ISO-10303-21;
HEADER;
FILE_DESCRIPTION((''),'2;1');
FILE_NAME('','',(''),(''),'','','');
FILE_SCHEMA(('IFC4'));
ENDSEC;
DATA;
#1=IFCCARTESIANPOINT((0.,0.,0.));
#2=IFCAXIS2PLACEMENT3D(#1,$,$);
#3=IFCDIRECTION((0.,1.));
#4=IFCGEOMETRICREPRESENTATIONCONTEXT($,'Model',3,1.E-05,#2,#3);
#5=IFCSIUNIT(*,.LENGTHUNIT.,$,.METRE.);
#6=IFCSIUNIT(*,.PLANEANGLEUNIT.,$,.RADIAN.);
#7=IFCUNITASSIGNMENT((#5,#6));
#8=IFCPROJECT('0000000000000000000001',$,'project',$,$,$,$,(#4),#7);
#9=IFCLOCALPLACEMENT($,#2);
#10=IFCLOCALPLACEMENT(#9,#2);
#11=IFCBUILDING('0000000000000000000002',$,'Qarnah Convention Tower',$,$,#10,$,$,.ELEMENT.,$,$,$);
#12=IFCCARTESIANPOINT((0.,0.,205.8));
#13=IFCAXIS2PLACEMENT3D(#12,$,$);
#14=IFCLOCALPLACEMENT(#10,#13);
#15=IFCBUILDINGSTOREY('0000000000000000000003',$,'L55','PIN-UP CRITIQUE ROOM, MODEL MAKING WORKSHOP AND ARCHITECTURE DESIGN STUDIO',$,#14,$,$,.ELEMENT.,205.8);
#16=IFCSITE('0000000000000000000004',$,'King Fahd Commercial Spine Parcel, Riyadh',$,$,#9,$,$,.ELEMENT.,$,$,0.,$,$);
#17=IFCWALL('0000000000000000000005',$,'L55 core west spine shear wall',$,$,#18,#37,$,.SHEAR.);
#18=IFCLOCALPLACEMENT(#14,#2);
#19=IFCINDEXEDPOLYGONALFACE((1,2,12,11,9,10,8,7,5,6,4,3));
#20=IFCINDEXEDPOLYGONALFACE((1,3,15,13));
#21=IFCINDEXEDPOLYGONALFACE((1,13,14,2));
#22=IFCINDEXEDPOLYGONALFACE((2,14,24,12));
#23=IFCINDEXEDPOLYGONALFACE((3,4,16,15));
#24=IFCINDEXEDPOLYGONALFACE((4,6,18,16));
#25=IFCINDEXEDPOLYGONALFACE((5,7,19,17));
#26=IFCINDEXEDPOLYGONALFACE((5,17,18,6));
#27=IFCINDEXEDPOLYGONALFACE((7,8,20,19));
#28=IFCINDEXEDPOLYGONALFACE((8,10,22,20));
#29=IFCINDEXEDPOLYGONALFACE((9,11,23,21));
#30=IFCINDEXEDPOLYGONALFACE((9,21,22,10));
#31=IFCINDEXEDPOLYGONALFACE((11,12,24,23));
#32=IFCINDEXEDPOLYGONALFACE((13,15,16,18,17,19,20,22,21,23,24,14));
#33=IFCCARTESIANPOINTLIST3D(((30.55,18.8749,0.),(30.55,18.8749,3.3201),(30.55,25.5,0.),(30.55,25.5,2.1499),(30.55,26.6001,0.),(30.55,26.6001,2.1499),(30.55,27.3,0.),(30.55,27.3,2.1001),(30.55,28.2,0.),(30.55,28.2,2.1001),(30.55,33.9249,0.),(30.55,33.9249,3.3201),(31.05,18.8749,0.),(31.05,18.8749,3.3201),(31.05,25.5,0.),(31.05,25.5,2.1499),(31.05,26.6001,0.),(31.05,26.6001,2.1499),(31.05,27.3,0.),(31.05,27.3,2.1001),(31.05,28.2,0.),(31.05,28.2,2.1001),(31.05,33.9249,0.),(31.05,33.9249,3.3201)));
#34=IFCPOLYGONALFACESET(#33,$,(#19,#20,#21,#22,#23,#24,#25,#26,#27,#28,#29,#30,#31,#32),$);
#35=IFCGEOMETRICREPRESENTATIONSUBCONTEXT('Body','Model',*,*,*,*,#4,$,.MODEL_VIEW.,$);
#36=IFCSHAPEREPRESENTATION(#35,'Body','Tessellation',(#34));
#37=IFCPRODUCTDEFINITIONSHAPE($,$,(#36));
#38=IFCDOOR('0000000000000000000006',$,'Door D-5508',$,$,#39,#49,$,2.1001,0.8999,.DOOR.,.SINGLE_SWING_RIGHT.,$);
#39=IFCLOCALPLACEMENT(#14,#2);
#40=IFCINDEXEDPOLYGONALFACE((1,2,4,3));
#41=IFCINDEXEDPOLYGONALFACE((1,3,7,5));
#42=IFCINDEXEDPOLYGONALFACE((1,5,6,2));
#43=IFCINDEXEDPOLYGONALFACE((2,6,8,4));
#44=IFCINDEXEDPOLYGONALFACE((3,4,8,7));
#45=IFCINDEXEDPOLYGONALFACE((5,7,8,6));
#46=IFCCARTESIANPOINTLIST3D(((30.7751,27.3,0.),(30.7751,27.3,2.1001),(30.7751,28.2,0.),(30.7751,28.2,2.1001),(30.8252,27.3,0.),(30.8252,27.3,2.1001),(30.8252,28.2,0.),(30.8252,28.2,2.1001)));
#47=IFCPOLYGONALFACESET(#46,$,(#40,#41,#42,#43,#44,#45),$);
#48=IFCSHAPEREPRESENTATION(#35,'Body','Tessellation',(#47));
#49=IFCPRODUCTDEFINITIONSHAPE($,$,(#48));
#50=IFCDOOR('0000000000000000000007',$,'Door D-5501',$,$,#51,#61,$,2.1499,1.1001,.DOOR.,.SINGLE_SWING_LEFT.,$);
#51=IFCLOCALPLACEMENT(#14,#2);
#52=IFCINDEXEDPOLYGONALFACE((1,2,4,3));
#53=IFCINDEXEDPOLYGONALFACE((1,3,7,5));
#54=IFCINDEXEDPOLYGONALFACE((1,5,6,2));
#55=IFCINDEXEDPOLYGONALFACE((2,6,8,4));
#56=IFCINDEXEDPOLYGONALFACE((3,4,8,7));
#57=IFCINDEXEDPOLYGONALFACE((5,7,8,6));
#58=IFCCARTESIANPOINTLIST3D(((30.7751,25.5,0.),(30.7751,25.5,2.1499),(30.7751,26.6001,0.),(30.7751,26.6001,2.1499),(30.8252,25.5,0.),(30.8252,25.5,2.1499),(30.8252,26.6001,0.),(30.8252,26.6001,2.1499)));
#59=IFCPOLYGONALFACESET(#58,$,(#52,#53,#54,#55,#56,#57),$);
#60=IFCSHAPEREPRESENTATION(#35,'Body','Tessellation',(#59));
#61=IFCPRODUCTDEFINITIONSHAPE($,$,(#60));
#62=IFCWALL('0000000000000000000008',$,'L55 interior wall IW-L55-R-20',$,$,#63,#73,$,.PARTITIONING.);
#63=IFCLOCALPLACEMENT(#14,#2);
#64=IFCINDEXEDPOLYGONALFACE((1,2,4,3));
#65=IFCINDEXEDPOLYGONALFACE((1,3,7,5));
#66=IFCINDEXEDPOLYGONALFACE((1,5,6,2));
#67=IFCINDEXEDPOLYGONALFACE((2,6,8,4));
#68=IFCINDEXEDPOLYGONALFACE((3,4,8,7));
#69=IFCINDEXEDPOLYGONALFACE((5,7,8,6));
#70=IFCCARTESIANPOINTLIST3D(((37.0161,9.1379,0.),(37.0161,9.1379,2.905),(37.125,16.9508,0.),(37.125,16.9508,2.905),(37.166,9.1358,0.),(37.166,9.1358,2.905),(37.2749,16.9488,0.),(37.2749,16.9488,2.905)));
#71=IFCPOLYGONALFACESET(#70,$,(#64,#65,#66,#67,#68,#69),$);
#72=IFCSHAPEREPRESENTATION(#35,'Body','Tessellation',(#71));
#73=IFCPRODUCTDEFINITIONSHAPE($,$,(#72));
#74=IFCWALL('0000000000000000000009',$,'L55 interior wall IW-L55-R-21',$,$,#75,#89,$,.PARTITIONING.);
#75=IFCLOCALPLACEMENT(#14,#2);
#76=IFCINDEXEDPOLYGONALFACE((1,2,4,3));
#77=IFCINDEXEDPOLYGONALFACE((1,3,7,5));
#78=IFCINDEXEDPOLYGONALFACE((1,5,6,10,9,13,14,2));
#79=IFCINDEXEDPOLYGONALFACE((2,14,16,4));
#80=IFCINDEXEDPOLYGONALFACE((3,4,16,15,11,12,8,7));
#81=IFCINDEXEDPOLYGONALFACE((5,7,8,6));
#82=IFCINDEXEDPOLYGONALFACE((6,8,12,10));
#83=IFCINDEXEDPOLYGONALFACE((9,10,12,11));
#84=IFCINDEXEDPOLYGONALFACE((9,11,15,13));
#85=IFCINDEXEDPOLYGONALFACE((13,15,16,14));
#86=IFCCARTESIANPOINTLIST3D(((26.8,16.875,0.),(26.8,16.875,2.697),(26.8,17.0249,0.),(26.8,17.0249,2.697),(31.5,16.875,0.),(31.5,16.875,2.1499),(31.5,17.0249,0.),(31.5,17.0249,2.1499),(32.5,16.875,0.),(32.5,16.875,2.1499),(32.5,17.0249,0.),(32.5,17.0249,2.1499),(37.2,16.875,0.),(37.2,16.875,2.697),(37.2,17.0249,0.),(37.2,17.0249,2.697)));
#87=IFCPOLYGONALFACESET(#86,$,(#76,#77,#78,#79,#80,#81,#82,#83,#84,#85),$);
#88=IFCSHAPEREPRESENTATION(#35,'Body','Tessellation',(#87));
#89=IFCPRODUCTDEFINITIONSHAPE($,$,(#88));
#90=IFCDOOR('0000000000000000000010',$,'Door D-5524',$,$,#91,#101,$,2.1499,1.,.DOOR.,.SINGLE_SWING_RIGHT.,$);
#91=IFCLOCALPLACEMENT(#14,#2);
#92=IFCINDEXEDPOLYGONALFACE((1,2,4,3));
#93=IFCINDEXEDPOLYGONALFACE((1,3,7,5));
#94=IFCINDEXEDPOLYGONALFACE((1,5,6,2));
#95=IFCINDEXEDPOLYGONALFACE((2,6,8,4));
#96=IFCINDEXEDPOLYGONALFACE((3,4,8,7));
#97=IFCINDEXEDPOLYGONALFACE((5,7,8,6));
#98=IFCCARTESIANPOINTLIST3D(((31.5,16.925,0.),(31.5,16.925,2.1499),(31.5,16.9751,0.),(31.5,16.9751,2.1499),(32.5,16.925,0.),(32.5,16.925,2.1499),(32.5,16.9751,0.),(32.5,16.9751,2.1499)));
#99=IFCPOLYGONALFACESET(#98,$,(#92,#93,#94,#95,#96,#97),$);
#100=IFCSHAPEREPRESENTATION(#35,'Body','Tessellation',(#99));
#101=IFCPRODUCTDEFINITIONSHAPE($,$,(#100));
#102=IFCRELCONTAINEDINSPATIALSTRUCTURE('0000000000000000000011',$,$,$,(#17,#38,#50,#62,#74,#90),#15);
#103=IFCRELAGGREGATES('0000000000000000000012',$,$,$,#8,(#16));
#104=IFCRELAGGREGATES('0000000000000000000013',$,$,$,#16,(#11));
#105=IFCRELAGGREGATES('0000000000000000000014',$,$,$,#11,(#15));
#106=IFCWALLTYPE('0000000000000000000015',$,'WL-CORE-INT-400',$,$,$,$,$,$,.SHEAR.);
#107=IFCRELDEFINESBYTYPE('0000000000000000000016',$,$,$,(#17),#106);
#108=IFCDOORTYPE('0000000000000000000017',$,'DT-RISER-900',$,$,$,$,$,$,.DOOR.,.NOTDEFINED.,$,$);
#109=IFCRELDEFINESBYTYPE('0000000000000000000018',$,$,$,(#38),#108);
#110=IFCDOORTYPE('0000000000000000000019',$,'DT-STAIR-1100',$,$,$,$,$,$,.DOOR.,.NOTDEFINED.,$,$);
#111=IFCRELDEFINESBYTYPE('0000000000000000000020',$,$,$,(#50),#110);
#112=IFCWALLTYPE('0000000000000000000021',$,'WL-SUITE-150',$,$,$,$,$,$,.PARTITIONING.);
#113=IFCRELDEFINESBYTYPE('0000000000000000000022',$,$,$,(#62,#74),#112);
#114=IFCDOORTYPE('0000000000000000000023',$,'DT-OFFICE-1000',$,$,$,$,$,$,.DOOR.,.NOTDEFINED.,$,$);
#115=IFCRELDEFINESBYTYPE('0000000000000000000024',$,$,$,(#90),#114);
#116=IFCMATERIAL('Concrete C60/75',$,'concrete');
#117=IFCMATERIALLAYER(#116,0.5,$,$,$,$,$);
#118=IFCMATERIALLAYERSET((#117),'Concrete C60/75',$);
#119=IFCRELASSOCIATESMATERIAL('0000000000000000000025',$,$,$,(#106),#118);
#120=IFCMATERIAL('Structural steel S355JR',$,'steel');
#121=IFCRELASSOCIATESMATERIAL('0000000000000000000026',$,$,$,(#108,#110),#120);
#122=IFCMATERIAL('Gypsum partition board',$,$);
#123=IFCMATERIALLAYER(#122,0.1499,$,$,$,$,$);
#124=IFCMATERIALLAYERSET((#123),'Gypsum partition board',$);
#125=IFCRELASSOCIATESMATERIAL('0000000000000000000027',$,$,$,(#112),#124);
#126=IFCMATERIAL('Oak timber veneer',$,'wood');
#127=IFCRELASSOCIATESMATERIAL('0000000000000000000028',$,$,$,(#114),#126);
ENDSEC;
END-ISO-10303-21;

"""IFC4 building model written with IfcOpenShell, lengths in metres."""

from ifc_helpers import new_model, si_unit, direction, frame, frame_2d, origin, place, context, subcontext, project, spatial, rectangle, extrude, material, layer, layer_set, type_object, element, fill, save


model = new_model("IFC4")

# Units and contexts
model_context = context("Model", 3, precision=1e-05, world=origin(), true_north=direction((0.0, 1.0)))
body_context = subcontext(model_context, "Body", "Model", "MODEL_VIEW")
ifc_project = project(units=[si_unit("LENGTHUNIT", "METRE"), si_unit("PLANEANGLEUNIT", "RADIAN")], contexts=[model_context])

# Site, building, storey
site_placement = place(None, origin())
site = spatial("IfcSite", under=ifc_project, at=site_placement, Name="King Fahd Commercial Spine Parcel, Riyadh", CompositionType="ELEMENT", RefElevation=0.0)
building_placement = place(site_placement, origin())
building = spatial("IfcBuilding", under=site, at=building_placement, Name="Qarnah Convention Tower", CompositionType="ELEMENT")
storey_placement = place(building_placement, frame((0.0, 0.0, 205.8)))
storey = spatial("IfcBuildingStorey", under=building, at=storey_placement, Name="L55", Description="PIN-UP CRITIQUE ROOM, MODEL MAKING WORKSHOP AND ARCHITECTURE DESIGN STUDIO", CompositionType="ELEMENT", Elevation=205.8)

# Shared definitions
ifc_material_1 = material(Name="Structural steel S355JR", Category="steel")

# Wall, openings, doors
ifc_material_2 = material(Name="Concrete C60/75", Category="concrete")
ifc_layer_1 = layer(ifc_material_2, 0.5)
ifc_layer_set_1 = layer_set([ifc_layer_1], Name="Concrete C60/75")
wall_type_1 = type_object("IfcWallType", Name="WL-CORE-INT-400", PredefinedType="SHEAR", material=ifc_layer_set_1)
wall_1_placement = place(storey_placement, frame((30.8, 18.875, 0.0), z_axis=(0.0, 0.0, 1.0), x_axis=(0.0, 1.0, 0.0)))
wall_1 = element("IfcWall", 1, at=wall_1_placement, inside=storey, type_object=wall_type_1, Name="L55 core west spine shear wall", PredefinedType="SHEAR", context=body_context, shape_type="SweptSolid", body=[
    extrude(rectangle(XDim=15.05, YDim=0.5, at=frame_2d((7.5249, 0.0))), origin(), (0.0, 0.0, 1.0), 3.3201),
])
opening_1_placement = place(wall_1_placement, frame((6.625, 0.0, 0.0)))
opening_1 = element("IfcOpeningElement", 2, at=opening_1_placement, cuts=wall_1, PredefinedType="OPENING", context=body_context, shape_type="SweptSolid", body=[
    extrude(rectangle(XDim=1.1001, YDim=2.1499, at=frame_2d((0.55, 1.075))), frame((0.0, 0.26, 0.0), z_axis=(0.0, -1.0, 0.0), x_axis=(1.0, 0.0, 0.0)), (0.0, 0.0, 1.0), 0.52),
])
opening_2_placement = place(wall_1_placement, frame((8.425, 0.0, 0.0)))
opening_2 = element("IfcOpeningElement", 3, at=opening_2_placement, cuts=wall_1, PredefinedType="OPENING", context=body_context, shape_type="SweptSolid", body=[
    extrude(rectangle(XDim=0.8999, YDim=2.1001, at=frame_2d((0.45, 1.05))), frame((0.0, 0.26, 0.0), z_axis=(0.0, -1.0, 0.0), x_axis=(1.0, 0.0, 0.0)), (0.0, 0.0, 1.0), 0.52),
])
door_type_1 = type_object("IfcDoorType", Name="DT-RISER-900", OperationType="NOTDEFINED", PredefinedType="DOOR", material=ifc_material_1)
door_1_placement = place(opening_2_placement, origin())
door_1 = element("IfcDoor", 4, at=door_1_placement, inside=storey, type_object=door_type_1, Name="Door D-5508", OperationType="SINGLE_SWING_RIGHT", OverallHeight=2.1001, OverallWidth=0.8999, PredefinedType="DOOR", context=body_context, shape_type="SweptSolid", body=[
    extrude(rectangle(XDim=0.8999, YDim=2.1001, at=frame_2d((0.45, 1.05))), frame((0.0, 0.0249, 0.0), z_axis=(0.0, -1.0, 0.0), x_axis=(1.0, 0.0, 0.0)), (0.0, 0.0, 1.0), 0.05),
])
fill(opening_2, door_1)
door_type_2 = type_object("IfcDoorType", Name="DT-STAIR-1100", OperationType="NOTDEFINED", PredefinedType="DOOR", material=ifc_material_1)
door_2_placement = place(opening_1_placement, origin())
door_2 = element("IfcDoor", 5, at=door_2_placement, inside=storey, type_object=door_type_2, Name="Door D-5501", OperationType="SINGLE_SWING_LEFT", OverallHeight=2.1499, OverallWidth=1.1001, PredefinedType="DOOR", context=body_context, shape_type="SweptSolid", body=[
    extrude(rectangle(XDim=1.1001, YDim=2.1499, at=frame_2d((0.55, 1.075))), frame((0.0, 0.0249, 0.0), z_axis=(0.0, -1.0, 0.0), x_axis=(1.0, 0.0, 0.0)), (0.0, 0.0, 1.0), 0.05),
])
fill(opening_1, door_2)

# Wall
ifc_material_3 = material(Name="Gypsum partition board")
ifc_layer_2 = layer(ifc_material_3, 0.1499)
ifc_layer_set_2 = layer_set([ifc_layer_2], Name="Gypsum partition board")
wall_type_2 = type_object("IfcWallType", Name="WL-SUITE-150", PredefinedType="PARTITIONING", material=ifc_layer_set_2)
wall_2_placement = place(storey_placement, frame((37.0911, 9.137, 0.0), z_axis=(0.0, 0.0, 1.0), x_axis=(0.013935, 0.999903, 0.0)))
element("IfcWall", 6, at=wall_2_placement, inside=storey, type_object=wall_type_2, Name="L55 interior wall IW-L55-R-20", PredefinedType="PARTITIONING", context=body_context, shape_type="SweptSolid", body=[
    extrude(rectangle(XDim=7.8137, YDim=0.1499, at=frame_2d((3.9067, 0.0))), origin(), (0.0, 0.0, 1.0), 2.905),
])

# Wall, opening, door
wall_3_placement = place(storey_placement, frame((37.2, 16.95, 0.0), z_axis=(0.0, 0.0, 1.0), x_axis=(-1.0, 0.0, 0.0)))
wall_3 = element("IfcWall", 7, at=wall_3_placement, inside=storey, type_object=wall_type_2, Name="L55 interior wall IW-L55-R-21", PredefinedType="PARTITIONING", context=body_context, shape_type="SweptSolid", body=[
    extrude(rectangle(XDim=10.3999, YDim=0.1499, at=frame_2d((5.2, 0.0))), origin(), (0.0, 0.0, 1.0), 2.697),
])
opening_3_placement = place(wall_3_placement, frame((4.7, 0.0, 0.0)))
opening_3 = element("IfcOpeningElement", 8, at=opening_3_placement, cuts=wall_3, PredefinedType="OPENING", context=body_context, shape_type="SweptSolid", body=[
    extrude(rectangle(XDim=1.0, YDim=2.1499, at=frame_2d((0.5, 1.075))), frame((0.0, 0.085, 0.0), z_axis=(0.0, -1.0, 0.0), x_axis=(1.0, 0.0, 0.0)), (0.0, 0.0, 1.0), 0.1699),
])
ifc_material_4 = material(Name="Oak timber veneer", Category="wood")
door_type_3 = type_object("IfcDoorType", Name="DT-OFFICE-1000", OperationType="NOTDEFINED", PredefinedType="DOOR", material=ifc_material_4)
door_3_placement = place(opening_3_placement, origin())
door_3 = element("IfcDoor", 9, at=door_3_placement, inside=storey, type_object=door_type_3, Name="Door D-5524", OperationType="SINGLE_SWING_RIGHT", OverallHeight=2.1499, OverallWidth=1.0, PredefinedType="DOOR", context=body_context, shape_type="SweptSolid", body=[
    extrude(rectangle(XDim=1.0, YDim=2.1499, at=frame_2d((0.5, 1.075))), frame((0.0, 0.0249, 0.0), z_axis=(0.0, -1.0, 0.0), x_axis=(1.0, 0.0, 0.0)), (0.0, 0.0, 1.0), 0.05),
])
fill(opening_3, door_3)

save(model, "model.ifc")
